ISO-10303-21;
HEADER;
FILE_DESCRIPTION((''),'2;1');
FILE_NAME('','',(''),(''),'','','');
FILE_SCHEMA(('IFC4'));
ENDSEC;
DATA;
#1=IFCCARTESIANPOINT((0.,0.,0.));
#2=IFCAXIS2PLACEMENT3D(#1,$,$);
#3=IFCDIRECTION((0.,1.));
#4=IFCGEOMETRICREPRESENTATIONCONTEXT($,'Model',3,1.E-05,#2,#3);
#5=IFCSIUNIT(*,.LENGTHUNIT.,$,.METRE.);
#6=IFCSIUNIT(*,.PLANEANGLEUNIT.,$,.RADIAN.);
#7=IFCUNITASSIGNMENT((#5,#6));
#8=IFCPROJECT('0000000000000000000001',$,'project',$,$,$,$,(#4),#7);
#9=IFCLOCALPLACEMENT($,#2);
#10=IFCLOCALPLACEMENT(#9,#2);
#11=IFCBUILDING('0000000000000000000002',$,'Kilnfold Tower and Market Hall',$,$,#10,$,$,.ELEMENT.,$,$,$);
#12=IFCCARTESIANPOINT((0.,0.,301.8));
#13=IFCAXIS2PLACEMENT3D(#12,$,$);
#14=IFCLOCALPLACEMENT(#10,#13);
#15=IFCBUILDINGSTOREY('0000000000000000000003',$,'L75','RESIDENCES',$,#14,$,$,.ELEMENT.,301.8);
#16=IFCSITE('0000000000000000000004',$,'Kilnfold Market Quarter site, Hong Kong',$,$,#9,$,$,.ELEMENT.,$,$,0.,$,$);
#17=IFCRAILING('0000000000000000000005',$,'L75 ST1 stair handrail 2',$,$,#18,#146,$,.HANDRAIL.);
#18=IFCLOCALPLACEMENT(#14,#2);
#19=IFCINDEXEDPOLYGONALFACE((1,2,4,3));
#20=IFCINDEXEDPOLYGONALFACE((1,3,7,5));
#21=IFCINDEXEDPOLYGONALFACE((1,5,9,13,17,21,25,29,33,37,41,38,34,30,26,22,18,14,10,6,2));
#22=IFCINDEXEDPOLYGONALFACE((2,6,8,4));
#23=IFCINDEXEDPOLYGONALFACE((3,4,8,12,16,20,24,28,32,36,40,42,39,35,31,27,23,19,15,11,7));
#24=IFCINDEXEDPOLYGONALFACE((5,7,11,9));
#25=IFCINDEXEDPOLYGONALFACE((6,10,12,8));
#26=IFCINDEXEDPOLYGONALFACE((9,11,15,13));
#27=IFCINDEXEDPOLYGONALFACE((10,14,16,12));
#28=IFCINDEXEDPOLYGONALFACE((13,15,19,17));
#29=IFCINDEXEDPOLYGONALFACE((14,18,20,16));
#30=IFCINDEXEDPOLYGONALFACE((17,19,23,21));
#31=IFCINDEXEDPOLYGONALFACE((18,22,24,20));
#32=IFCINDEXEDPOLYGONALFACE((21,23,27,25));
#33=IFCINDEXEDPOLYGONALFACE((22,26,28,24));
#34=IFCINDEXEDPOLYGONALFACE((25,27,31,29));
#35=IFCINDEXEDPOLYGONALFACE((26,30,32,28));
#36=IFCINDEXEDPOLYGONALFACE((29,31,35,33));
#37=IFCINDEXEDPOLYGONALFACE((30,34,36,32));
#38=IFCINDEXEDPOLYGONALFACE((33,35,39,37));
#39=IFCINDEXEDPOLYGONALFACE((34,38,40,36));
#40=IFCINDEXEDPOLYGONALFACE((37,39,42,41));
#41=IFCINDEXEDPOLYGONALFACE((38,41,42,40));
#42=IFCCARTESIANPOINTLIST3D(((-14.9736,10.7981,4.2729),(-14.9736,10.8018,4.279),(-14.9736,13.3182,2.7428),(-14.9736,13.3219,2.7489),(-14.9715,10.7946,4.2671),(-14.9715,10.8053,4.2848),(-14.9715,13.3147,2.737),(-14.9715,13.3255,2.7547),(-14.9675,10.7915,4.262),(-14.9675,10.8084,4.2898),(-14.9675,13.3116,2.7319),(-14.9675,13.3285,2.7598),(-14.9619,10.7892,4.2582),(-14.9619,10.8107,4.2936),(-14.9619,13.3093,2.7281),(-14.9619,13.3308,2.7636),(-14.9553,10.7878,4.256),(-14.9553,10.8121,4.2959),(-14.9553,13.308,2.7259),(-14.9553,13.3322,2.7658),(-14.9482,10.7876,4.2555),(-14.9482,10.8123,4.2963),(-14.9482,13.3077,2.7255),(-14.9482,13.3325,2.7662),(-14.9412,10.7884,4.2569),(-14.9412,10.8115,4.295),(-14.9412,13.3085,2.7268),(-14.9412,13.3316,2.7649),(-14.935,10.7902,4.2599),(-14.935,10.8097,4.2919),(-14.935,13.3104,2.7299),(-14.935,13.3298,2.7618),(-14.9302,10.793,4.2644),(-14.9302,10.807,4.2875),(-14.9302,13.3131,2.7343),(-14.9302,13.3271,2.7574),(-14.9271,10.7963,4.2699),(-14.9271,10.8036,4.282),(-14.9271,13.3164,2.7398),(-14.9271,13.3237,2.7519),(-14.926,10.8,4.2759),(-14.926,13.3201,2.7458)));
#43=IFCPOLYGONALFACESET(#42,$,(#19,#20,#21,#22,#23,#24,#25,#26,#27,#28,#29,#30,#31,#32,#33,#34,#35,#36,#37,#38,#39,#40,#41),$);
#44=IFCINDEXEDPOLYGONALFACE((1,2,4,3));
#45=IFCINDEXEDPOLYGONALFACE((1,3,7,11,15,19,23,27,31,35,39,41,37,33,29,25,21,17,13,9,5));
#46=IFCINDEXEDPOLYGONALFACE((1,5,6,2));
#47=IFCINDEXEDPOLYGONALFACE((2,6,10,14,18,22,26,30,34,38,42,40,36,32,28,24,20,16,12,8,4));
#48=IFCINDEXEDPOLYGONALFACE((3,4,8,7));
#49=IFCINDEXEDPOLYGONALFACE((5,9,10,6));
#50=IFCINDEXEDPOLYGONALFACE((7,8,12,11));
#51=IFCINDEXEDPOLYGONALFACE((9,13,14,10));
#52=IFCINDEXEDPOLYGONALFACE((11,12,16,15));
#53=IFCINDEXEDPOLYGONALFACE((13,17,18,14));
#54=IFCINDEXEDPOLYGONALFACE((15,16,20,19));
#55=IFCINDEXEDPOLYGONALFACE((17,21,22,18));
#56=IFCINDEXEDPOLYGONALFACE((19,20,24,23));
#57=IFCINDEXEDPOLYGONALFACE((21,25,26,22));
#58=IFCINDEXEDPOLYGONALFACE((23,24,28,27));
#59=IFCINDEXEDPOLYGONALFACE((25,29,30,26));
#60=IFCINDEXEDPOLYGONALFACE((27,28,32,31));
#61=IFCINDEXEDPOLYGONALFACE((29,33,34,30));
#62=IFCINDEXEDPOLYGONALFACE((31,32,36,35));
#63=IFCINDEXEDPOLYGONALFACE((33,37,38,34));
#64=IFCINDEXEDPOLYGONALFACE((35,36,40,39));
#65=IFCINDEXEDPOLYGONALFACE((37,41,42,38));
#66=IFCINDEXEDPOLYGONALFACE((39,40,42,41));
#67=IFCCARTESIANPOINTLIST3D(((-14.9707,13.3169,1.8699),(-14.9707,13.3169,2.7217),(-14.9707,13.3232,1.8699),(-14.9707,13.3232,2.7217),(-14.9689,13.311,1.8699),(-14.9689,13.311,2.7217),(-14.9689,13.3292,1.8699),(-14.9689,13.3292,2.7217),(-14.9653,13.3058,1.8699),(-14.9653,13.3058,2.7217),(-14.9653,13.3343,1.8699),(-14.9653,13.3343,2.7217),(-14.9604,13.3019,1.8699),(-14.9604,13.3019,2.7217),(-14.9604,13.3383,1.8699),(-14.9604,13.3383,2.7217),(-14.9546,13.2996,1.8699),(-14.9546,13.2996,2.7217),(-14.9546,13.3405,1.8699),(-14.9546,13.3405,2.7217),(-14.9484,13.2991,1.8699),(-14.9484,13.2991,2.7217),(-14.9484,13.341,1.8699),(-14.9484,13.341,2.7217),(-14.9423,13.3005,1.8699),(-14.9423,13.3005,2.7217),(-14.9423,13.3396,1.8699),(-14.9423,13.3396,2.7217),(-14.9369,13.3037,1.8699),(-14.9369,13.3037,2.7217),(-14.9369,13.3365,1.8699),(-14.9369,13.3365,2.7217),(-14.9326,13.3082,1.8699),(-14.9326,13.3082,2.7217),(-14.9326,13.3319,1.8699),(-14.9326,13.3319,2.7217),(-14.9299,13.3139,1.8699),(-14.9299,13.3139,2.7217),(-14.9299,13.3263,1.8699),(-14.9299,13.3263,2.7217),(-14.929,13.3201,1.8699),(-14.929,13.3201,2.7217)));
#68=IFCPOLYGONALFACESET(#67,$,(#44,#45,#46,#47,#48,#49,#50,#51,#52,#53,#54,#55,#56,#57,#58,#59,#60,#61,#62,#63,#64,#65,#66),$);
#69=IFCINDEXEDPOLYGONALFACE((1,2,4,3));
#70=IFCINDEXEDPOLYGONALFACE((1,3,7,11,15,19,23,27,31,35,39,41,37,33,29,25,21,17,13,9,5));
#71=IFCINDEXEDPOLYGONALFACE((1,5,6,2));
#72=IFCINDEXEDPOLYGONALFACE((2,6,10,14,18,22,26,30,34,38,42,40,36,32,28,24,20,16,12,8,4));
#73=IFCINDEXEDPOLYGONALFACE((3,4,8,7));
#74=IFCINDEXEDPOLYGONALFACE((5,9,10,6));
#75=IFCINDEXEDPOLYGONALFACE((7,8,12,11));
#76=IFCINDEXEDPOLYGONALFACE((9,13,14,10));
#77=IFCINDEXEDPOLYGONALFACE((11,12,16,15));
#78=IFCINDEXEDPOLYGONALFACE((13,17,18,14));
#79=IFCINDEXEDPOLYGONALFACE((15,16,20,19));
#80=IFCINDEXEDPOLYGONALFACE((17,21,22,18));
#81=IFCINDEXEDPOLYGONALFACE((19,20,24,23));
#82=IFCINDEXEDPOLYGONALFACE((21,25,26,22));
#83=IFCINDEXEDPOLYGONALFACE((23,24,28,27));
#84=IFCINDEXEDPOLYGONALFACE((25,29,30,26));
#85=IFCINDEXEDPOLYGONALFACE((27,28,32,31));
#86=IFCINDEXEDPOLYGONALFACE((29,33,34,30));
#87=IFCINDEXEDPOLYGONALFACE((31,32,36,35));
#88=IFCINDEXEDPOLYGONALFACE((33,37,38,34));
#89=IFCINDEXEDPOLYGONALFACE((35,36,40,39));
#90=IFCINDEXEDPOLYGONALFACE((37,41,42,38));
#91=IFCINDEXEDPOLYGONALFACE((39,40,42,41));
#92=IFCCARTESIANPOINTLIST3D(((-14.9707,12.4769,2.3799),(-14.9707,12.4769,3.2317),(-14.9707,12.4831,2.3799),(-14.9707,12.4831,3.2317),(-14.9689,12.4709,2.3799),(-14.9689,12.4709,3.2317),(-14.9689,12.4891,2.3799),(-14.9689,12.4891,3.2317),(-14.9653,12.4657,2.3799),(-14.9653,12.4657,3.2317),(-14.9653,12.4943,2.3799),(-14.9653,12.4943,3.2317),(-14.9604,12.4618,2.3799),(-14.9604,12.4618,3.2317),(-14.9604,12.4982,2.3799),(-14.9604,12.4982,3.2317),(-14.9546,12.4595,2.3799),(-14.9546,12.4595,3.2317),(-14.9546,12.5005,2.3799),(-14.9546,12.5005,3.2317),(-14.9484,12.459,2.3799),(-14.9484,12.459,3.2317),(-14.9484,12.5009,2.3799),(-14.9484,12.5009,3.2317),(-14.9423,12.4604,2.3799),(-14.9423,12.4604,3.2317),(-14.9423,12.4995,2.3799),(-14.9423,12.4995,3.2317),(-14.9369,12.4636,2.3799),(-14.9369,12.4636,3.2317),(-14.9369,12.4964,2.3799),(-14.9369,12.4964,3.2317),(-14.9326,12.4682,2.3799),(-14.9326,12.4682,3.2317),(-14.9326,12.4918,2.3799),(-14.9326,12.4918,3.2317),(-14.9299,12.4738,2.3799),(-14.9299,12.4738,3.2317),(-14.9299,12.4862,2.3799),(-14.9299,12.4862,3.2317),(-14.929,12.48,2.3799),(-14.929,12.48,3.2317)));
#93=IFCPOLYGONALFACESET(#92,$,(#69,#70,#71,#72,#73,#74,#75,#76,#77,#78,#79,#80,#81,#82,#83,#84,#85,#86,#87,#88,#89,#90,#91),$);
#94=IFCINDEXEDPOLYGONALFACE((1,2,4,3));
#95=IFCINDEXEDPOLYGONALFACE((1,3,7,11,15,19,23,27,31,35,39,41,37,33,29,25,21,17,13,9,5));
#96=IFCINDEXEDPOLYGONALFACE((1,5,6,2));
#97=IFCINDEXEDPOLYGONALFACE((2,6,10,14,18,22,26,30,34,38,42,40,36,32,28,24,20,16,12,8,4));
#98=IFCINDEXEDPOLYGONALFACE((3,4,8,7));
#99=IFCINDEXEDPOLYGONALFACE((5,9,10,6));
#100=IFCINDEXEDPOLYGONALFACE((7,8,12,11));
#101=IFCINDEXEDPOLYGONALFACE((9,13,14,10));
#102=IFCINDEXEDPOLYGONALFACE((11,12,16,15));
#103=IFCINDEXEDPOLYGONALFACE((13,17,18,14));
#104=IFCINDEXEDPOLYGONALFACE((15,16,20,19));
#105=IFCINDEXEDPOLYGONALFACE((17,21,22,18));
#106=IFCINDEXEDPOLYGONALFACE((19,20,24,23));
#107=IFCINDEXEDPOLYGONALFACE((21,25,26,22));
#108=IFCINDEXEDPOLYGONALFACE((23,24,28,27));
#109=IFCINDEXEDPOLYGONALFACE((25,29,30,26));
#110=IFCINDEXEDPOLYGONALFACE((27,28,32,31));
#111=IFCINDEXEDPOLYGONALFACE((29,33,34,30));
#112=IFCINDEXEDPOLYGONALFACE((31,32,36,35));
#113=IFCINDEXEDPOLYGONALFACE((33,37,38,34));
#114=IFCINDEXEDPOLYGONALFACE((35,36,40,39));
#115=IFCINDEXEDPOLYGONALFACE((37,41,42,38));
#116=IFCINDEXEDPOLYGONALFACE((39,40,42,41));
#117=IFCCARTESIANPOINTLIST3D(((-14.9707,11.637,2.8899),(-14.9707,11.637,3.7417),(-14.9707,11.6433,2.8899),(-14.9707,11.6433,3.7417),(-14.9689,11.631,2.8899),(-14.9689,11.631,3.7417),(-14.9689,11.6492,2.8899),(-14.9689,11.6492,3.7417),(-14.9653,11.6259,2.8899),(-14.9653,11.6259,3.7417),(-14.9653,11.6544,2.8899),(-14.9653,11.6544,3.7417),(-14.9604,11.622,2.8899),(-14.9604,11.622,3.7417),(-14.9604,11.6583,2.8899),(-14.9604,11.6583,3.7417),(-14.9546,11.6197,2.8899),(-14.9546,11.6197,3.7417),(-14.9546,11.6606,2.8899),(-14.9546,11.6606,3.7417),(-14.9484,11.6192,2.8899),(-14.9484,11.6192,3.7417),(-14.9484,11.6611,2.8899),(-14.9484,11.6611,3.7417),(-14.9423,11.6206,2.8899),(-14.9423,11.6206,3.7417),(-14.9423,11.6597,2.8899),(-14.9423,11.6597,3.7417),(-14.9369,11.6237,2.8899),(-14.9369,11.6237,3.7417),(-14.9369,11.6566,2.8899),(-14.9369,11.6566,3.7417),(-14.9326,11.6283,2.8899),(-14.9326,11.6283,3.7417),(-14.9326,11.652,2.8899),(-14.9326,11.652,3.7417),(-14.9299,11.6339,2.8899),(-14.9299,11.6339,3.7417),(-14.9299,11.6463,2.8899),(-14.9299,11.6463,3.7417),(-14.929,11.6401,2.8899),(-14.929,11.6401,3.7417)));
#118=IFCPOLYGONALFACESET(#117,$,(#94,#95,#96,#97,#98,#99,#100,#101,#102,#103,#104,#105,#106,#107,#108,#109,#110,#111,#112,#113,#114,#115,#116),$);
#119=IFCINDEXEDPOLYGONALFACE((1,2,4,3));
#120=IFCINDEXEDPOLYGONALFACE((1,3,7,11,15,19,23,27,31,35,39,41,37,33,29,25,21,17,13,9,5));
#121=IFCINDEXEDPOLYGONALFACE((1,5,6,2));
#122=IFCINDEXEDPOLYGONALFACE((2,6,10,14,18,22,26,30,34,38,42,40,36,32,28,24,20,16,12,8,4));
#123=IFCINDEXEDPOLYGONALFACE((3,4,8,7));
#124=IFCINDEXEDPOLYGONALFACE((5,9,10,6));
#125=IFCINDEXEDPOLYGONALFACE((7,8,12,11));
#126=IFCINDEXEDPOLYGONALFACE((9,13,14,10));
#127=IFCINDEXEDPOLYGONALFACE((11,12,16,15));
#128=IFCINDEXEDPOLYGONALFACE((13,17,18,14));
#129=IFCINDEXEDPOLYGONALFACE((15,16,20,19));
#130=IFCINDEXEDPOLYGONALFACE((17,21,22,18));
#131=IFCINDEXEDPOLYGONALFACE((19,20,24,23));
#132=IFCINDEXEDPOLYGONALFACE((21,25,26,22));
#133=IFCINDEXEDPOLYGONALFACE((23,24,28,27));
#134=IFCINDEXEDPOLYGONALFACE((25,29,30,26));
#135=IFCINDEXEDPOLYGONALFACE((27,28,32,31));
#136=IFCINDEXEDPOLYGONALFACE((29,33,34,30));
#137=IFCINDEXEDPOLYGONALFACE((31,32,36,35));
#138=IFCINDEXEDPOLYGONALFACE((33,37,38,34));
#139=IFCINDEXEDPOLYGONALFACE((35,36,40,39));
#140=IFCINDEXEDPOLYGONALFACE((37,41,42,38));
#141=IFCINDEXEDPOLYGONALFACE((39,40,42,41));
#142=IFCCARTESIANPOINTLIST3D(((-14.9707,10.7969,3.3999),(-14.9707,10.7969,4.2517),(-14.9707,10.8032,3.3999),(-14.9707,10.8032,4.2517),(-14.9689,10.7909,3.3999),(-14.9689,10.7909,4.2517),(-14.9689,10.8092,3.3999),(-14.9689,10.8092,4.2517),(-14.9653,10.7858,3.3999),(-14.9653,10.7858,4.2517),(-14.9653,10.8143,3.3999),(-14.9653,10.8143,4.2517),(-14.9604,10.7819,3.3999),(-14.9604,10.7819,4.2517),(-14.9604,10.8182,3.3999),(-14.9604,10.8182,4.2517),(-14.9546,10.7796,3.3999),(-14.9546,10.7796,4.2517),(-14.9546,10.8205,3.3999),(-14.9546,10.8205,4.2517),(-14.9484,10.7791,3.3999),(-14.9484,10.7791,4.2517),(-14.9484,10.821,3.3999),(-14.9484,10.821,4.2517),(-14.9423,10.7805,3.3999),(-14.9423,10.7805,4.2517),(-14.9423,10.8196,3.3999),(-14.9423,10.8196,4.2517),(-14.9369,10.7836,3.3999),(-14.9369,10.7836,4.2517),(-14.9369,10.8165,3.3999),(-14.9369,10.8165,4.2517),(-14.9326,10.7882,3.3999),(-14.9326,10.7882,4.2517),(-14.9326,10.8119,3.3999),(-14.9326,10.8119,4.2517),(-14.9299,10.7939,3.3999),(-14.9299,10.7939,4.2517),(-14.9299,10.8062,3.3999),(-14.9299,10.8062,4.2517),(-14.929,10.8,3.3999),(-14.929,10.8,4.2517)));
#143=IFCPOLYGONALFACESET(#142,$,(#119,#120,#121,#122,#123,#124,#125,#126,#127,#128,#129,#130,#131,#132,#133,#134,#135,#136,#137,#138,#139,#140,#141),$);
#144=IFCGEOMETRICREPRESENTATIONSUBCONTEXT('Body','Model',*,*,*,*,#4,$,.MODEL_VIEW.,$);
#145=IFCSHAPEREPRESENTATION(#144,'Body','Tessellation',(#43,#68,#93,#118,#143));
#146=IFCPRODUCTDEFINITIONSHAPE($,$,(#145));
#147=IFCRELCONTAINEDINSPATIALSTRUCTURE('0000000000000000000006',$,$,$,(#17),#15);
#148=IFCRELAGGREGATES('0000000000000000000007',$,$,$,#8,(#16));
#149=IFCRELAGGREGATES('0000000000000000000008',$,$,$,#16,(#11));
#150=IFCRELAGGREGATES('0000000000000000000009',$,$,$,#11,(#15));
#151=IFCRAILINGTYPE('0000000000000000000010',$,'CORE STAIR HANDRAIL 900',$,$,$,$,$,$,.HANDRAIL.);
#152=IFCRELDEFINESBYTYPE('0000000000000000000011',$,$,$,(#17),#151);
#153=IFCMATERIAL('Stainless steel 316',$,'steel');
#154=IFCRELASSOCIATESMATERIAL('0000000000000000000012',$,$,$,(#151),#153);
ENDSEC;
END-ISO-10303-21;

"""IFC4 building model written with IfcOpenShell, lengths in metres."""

from ifc_helpers import new_model, si_unit, direction, frame, origin, origin_2d, place, context, subcontext, project, spatial, circle, extrude, material, type_object, element, save


model = new_model("IFC4")

# Units and contexts
model_context = context("Model", 3, precision=1e-05, world=origin(), true_north=direction((0.0, 1.0)))
body_context = subcontext(model_context, "Body", "Model", "MODEL_VIEW")
ifc_project = project(units=[si_unit("LENGTHUNIT", "METRE"), si_unit("PLANEANGLEUNIT", "RADIAN")], contexts=[model_context])

# Site, building, storey
site_placement = place(None, origin())
site = spatial("IfcSite", under=ifc_project, at=site_placement, Name="Kilnfold Market Quarter site, Hong Kong", CompositionType="ELEMENT", RefElevation=0.0)
building_placement = place(site_placement, origin())
building = spatial("IfcBuilding", under=site, at=building_placement, Name="Kilnfold Tower and Market Hall", CompositionType="ELEMENT")
storey_placement = place(building_placement, frame((0.0, 0.0, 301.8)))
storey = spatial("IfcBuildingStorey", under=building, at=storey_placement, Name="L75", Description="RESIDENCES", CompositionType="ELEMENT", Elevation=301.8)

# Railing
ifc_material_1 = material(Name="Stainless steel 316", Category="steel")
railing_type_1 = type_object("IfcRailingType", Name="CORE STAIR HANDRAIL 900", PredefinedType="HANDRAIL", material=ifc_material_1)
railing_1_placement = place(storey_placement, frame((-14.95, 13.3201, 1.8699)))
element("IfcRailing", 1, at=railing_1_placement, inside=storey, type_object=railing_type_1, Name="L75 ST1 stair handrail 2", PredefinedType="HANDRAIL", context=body_context, shape_type="SweptSolid", body=[
    extrude(circle(Radius=0.0239, at=origin_2d()), frame((0.0, 0.0, 0.876), z_axis=(0.0, -0.854785, 0.518982), x_axis=(1.0, 0.0, 0.0)), (0.0, 0.0, 1.0), 2.9482),
    extrude(circle(Radius=0.021, at=origin_2d()), origin(), (0.0, 0.0, 1.0), 0.8518),
    extrude(circle(Radius=0.021, at=origin_2d()), frame((0.0, -0.8401, 0.51)), (0.0, 0.0, 1.0), 0.8518),
    extrude(circle(Radius=0.021, at=origin_2d()), frame((0.0, -1.6799, 1.02)), (0.0, 0.0, 1.0), 0.8518),
    extrude(circle(Radius=0.021, at=origin_2d()), frame((0.0, -2.52, 1.53)), (0.0, 0.0, 1.0), 0.8518),
])

save(model, "model.ifc")
